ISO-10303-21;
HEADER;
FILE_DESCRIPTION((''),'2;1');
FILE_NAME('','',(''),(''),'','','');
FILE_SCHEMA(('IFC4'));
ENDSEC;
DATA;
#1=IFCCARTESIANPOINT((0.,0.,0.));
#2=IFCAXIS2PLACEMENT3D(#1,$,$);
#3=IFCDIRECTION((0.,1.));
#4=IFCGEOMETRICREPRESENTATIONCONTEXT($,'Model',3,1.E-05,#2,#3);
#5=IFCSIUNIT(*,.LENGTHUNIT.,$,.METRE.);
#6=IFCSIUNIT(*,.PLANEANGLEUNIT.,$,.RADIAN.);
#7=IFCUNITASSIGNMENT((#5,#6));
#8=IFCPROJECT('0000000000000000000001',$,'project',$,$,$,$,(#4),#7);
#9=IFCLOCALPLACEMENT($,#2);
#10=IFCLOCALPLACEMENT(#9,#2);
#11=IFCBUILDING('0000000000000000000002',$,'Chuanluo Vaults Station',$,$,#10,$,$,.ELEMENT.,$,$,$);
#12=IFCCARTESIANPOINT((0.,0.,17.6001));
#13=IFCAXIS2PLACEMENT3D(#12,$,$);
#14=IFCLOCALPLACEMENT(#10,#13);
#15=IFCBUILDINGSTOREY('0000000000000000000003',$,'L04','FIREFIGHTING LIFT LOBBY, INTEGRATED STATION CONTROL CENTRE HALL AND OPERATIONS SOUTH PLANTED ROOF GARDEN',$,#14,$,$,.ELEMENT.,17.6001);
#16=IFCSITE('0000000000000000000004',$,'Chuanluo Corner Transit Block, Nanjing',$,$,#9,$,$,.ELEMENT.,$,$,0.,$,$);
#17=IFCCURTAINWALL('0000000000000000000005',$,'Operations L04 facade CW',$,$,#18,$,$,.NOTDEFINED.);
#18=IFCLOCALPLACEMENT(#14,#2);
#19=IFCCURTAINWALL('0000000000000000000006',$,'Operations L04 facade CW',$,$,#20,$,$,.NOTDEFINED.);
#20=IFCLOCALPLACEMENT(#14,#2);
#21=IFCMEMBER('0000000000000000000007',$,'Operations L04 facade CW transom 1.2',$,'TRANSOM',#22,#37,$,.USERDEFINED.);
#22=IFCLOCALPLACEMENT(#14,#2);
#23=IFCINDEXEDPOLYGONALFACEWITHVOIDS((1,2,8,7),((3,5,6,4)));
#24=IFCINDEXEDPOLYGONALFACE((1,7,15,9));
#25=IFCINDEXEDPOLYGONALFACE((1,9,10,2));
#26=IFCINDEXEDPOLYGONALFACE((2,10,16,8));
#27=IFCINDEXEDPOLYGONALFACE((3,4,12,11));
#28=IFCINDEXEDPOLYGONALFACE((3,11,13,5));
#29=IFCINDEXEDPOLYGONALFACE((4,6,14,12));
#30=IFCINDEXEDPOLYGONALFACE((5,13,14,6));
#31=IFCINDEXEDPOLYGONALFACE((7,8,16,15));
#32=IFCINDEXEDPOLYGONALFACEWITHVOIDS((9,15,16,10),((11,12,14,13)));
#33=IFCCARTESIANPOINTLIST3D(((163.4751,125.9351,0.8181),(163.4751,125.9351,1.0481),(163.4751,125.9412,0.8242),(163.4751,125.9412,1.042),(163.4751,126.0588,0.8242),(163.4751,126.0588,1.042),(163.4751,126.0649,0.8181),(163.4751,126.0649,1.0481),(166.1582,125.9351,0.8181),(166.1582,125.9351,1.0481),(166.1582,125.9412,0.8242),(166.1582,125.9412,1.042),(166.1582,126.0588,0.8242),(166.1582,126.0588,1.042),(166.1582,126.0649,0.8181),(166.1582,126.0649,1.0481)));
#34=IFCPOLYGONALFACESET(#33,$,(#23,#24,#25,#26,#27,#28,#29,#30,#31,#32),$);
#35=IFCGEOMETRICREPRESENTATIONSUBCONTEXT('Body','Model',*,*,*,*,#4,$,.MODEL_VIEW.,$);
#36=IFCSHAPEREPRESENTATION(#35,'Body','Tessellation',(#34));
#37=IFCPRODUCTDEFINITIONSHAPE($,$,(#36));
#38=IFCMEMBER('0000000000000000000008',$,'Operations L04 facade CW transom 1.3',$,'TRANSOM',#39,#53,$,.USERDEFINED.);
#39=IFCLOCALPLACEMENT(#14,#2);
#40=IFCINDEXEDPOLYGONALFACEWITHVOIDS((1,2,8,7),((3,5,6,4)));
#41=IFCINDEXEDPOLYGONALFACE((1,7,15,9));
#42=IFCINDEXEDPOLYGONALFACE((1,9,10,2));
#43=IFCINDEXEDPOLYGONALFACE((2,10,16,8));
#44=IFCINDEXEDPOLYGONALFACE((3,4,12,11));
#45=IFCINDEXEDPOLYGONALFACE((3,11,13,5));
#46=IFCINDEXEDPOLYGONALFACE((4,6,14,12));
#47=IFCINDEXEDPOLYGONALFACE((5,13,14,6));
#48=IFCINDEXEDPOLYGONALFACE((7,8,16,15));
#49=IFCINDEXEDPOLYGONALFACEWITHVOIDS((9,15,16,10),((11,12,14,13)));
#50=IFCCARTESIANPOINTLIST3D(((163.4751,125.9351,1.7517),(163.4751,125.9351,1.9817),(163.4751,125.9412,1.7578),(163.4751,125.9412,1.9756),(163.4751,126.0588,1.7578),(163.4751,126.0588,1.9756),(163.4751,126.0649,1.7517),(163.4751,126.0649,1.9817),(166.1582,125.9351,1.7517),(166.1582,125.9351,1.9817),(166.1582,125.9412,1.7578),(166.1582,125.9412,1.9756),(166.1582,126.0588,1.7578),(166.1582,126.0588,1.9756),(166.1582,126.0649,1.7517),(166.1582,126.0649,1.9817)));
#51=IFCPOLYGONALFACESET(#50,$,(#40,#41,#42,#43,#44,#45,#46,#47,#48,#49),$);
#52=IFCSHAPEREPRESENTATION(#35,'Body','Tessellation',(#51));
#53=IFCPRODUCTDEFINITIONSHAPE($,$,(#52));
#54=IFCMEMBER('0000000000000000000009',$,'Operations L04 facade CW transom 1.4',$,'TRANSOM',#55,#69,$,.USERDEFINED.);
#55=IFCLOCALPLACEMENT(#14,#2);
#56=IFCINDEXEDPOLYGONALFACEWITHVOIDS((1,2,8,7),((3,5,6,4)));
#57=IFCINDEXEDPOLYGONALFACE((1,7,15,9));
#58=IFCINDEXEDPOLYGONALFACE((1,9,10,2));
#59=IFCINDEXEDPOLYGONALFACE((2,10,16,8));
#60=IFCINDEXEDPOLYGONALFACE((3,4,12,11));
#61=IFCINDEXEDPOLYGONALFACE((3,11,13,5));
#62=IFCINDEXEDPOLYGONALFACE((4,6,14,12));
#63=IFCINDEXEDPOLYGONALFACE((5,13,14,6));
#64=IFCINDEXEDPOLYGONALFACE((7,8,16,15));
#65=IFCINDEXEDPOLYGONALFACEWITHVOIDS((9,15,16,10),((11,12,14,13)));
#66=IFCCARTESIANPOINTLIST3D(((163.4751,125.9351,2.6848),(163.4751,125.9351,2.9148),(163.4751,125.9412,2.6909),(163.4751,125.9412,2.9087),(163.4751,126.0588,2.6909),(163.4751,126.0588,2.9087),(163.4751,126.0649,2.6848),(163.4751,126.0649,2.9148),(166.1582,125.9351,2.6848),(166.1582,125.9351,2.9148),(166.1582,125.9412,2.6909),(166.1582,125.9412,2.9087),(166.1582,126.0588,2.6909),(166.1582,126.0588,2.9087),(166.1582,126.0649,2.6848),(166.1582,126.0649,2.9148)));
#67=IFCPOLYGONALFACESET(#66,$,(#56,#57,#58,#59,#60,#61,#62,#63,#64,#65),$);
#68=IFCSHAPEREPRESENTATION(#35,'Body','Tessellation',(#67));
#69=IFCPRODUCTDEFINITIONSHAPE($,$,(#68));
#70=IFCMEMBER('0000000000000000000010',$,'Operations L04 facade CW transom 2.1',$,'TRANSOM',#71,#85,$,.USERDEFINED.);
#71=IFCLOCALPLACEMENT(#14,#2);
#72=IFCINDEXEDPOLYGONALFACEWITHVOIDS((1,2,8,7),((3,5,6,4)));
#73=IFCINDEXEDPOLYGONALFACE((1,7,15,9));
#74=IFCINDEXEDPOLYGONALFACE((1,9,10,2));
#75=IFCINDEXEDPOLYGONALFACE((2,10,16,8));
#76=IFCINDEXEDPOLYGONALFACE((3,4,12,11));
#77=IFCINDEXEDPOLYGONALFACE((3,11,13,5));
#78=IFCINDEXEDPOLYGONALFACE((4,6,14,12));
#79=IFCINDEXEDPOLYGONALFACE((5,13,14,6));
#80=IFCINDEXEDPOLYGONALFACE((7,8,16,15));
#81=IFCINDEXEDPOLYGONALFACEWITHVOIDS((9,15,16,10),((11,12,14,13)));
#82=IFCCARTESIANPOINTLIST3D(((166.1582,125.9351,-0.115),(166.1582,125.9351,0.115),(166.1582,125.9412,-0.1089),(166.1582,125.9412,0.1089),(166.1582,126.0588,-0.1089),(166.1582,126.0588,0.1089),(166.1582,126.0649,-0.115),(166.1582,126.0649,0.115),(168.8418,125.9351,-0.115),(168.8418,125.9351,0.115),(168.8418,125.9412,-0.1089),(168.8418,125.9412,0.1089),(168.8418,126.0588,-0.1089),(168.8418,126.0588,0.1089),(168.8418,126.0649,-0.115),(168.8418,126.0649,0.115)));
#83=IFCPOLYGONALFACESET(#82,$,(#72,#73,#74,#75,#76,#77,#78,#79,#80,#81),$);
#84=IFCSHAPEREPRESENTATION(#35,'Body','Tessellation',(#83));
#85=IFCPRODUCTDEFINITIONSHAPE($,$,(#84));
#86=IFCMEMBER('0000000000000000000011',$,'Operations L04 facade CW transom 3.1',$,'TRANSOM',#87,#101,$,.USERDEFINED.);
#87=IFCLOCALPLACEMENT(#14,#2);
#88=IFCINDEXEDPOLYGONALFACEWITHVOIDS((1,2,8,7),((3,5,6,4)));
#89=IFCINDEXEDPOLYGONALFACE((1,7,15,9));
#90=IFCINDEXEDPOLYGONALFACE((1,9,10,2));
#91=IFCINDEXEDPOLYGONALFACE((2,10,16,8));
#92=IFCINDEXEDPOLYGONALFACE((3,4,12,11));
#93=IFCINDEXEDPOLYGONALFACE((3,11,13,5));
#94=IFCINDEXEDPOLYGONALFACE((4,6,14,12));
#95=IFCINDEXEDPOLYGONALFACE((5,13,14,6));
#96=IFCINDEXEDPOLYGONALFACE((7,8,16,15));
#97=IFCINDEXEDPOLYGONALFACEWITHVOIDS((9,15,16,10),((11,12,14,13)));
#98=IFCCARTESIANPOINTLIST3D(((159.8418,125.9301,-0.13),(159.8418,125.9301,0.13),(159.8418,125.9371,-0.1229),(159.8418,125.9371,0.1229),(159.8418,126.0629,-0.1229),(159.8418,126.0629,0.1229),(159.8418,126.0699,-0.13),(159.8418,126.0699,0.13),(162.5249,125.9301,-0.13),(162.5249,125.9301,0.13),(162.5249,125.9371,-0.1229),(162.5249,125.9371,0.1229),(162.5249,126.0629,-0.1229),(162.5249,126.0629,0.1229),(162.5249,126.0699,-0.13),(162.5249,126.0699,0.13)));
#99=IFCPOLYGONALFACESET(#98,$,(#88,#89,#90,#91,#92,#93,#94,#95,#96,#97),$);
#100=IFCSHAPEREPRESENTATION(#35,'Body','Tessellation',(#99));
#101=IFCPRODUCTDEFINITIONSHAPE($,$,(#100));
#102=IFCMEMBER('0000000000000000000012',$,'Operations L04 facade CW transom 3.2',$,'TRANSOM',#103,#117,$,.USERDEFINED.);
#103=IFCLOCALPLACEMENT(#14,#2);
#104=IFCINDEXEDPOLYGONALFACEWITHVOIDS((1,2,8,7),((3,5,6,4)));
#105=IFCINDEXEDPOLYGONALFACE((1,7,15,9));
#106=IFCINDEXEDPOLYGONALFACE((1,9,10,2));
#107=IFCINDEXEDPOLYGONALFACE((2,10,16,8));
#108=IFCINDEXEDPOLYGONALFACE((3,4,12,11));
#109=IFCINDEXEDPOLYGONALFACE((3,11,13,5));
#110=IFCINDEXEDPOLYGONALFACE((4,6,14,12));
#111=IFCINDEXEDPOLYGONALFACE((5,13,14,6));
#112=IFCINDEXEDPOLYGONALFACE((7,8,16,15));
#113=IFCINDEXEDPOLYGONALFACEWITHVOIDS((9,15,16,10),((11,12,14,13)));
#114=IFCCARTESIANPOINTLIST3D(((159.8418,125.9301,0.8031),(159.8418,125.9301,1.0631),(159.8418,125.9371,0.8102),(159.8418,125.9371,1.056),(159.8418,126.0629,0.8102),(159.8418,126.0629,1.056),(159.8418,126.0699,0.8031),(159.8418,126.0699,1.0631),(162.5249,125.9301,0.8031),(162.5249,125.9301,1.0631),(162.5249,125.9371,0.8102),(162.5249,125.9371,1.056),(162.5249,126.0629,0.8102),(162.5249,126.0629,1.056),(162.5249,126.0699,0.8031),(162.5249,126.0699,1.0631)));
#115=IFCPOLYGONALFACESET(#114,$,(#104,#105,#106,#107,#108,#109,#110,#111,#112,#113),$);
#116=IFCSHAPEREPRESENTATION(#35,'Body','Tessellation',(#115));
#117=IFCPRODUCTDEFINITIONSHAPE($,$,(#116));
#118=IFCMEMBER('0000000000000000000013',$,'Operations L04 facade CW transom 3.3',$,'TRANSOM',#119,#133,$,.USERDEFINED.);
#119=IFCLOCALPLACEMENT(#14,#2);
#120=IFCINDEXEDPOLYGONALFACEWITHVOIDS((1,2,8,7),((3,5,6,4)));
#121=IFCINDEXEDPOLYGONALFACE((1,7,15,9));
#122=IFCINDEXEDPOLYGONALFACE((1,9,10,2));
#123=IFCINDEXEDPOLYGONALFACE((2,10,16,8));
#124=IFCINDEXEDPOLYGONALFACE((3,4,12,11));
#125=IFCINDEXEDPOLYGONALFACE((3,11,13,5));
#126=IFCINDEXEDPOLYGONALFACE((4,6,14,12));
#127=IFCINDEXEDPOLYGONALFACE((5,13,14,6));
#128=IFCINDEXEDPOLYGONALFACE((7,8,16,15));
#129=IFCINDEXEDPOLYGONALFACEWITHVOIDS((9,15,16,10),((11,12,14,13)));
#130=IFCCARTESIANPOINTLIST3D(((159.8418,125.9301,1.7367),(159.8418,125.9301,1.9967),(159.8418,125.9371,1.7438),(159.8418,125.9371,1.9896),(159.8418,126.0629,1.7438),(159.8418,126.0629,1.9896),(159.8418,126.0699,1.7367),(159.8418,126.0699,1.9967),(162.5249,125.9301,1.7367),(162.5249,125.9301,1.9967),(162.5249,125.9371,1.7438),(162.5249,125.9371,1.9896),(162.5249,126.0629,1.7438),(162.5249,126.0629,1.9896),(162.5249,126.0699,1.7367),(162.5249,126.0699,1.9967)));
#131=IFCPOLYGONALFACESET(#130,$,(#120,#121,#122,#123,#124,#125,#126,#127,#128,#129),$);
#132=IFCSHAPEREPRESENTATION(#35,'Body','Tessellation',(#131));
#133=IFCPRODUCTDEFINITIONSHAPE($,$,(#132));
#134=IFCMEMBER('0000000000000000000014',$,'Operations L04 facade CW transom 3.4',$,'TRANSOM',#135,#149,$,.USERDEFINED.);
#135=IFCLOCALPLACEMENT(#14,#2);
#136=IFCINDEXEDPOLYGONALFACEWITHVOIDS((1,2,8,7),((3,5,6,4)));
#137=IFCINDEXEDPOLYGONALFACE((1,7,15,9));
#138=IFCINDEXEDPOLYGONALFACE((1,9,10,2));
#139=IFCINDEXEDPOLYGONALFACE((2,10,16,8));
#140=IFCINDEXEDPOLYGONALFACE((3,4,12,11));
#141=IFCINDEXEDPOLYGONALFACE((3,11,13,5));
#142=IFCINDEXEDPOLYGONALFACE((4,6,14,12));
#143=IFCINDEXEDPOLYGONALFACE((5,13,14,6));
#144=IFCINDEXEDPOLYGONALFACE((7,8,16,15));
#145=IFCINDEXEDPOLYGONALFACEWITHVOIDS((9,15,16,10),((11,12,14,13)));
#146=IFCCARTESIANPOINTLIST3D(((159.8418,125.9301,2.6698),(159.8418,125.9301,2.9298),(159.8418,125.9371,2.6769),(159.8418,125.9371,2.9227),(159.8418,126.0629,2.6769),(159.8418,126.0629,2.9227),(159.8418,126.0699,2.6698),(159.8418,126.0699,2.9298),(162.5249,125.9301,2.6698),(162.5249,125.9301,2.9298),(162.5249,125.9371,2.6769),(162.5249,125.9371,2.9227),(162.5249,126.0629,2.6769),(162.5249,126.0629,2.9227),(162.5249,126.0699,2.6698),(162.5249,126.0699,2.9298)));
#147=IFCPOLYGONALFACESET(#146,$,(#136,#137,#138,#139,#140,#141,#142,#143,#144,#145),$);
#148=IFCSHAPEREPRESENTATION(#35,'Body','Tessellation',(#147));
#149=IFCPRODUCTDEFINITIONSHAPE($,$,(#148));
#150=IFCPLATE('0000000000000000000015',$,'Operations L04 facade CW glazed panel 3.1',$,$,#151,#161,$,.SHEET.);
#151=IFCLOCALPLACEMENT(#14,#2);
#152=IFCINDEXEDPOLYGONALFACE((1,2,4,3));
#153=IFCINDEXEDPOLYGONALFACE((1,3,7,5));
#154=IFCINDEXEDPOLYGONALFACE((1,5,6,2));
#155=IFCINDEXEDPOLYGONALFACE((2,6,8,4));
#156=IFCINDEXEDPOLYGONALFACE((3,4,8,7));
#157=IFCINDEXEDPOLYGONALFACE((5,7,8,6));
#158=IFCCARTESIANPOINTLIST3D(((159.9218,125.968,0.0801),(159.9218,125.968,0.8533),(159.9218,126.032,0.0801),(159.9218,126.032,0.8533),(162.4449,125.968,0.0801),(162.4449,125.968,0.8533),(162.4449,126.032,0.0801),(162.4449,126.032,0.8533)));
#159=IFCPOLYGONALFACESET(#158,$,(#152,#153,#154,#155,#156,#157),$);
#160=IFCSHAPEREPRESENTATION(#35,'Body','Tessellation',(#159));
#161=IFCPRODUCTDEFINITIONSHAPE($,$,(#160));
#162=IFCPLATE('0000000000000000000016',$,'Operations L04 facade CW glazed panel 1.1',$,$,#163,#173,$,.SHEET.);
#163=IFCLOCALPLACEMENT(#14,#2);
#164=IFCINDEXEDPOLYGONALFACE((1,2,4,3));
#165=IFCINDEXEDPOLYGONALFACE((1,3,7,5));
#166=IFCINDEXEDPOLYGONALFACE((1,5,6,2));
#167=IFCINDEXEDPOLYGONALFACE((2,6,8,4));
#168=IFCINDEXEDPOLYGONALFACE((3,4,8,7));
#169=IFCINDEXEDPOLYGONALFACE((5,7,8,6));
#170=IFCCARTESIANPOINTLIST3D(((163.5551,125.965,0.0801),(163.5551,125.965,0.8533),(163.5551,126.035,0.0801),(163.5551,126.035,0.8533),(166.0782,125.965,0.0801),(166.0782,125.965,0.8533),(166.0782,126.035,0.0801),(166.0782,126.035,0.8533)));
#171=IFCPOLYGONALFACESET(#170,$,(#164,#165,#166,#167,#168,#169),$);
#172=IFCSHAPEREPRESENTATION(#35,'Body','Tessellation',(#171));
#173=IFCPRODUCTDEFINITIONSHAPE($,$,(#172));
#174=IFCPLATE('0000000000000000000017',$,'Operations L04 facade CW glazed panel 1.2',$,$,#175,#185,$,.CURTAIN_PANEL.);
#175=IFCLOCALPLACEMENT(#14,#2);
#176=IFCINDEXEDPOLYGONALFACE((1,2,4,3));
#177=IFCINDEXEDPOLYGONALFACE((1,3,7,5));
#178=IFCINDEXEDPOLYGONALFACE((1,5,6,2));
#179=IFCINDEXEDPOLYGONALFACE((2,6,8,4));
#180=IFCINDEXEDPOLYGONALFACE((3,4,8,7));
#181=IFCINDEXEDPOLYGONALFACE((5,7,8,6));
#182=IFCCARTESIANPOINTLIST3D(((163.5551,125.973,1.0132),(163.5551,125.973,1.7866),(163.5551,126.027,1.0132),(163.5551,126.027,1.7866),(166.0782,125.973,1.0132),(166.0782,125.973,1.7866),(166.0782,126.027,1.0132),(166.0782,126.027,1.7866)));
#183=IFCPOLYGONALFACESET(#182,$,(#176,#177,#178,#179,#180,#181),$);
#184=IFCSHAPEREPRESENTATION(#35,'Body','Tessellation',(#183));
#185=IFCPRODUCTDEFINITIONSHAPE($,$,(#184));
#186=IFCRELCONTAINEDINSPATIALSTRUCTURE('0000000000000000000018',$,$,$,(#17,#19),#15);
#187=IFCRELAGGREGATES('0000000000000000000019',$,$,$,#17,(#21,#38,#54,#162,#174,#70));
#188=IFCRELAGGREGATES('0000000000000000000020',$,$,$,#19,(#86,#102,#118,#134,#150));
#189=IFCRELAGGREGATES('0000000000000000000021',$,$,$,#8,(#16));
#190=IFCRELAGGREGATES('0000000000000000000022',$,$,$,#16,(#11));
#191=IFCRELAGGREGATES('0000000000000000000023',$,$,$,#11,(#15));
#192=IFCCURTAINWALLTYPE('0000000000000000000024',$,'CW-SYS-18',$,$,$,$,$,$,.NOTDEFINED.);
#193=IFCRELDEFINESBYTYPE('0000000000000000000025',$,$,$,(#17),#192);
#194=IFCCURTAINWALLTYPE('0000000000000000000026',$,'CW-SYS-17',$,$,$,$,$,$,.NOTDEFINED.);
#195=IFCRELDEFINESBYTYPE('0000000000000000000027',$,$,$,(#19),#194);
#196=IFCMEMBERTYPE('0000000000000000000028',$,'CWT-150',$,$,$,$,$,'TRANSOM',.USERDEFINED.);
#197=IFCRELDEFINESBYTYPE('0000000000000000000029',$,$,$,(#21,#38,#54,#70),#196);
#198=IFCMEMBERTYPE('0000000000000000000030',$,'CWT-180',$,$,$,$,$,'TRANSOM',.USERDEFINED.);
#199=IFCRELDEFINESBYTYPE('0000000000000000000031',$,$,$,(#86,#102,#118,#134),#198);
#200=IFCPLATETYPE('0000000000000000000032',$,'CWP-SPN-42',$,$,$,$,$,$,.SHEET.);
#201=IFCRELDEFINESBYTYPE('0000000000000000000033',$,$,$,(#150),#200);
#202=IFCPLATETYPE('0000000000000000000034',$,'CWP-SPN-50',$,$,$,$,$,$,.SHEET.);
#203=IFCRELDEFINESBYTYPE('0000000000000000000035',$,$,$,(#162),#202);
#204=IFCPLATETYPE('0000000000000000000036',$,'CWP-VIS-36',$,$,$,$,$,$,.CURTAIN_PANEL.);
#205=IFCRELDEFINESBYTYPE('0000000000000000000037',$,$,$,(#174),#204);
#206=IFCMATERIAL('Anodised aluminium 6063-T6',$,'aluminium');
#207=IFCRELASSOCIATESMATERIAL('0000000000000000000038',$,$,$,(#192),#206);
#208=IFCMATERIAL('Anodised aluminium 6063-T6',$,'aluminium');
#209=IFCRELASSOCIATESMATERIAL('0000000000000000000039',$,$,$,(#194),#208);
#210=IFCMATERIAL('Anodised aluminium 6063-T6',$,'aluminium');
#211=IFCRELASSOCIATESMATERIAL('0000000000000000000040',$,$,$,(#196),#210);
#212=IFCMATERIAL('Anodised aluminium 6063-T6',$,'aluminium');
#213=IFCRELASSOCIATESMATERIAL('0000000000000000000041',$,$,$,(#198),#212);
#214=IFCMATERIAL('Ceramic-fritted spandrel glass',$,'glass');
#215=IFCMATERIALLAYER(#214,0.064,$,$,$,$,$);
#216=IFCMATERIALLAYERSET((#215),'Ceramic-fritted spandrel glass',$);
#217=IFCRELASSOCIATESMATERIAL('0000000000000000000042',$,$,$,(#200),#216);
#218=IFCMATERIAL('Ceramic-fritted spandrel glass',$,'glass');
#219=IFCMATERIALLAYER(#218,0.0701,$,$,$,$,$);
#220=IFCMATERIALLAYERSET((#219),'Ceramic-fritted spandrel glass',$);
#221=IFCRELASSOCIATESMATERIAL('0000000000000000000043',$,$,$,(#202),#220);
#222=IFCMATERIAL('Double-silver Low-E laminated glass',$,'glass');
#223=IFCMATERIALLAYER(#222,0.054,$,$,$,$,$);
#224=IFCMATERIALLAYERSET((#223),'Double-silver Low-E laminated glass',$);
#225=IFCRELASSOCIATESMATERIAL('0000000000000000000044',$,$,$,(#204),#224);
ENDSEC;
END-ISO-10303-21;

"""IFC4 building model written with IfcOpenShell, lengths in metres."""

from ifc_helpers import new_model, si_unit, direction, frame, origin, origin_2d, place, context, subcontext, project, spatial, rectangle, hollow_rectangle, extrude, material, layer, layer_set, material_profile, profile_set, type_object, element, aggregate, save


model = new_model("IFC4")

# Units and contexts
model_context = context("Model", 3, precision=1e-05, world=origin(), true_north=direction((0.0, 1.0)))
body_context = subcontext(model_context, "Body", "Model", "MODEL_VIEW")
ifc_project = project(units=[si_unit("LENGTHUNIT", "METRE"), si_unit("PLANEANGLEUNIT", "RADIAN")], contexts=[model_context])

# Site, building, storey
site_placement = place(None, origin())
site = spatial("IfcSite", under=ifc_project, at=site_placement, Name="Chuanluo Corner Transit Block, Nanjing", CompositionType="ELEMENT", RefElevation=0.0)
building_placement = place(site_placement, origin())
building = spatial("IfcBuilding", under=site, at=building_placement, Name="Chuanluo Vaults Station", CompositionType="ELEMENT")
storey_placement = place(building_placement, frame((0.0, 0.0, 17.6001)))
storey = spatial("IfcBuildingStorey", under=building, at=storey_placement, Name="L04", Description="FIREFIGHTING LIFT LOBBY, INTEGRATED STATION CONTROL CENTRE HALL AND OPERATIONS SOUTH PLANTED ROOF GARDEN", CompositionType="ELEMENT", Elevation=17.6001)

# Curtain walls
ifc_material_1 = material(Name="Anodised aluminium 6063-T6", Category="aluminium")
curtain_wall_type_1 = type_object("IfcCurtainWallType", Name="CW-SYS-18", PredefinedType="NOTDEFINED", material=ifc_material_1)
curtain_wall_1_placement = place(storey_placement, origin())
curtain_wall_1 = element("IfcCurtainWall", 1, at=curtain_wall_1_placement, inside=storey, type_object=curtain_wall_type_1, Name="Operations L04 facade CW", PredefinedType="NOTDEFINED")
ifc_material_2 = material(Name="Anodised aluminium 6063-T6", Category="aluminium")
curtain_wall_type_2 = type_object("IfcCurtainWallType", Name="CW-SYS-17", PredefinedType="NOTDEFINED", material=ifc_material_2)
curtain_wall_2_placement = place(storey_placement, origin())
curtain_wall_2 = element("IfcCurtainWall", 2, at=curtain_wall_2_placement, inside=storey, type_object=curtain_wall_type_2, Name="Operations L04 facade CW", PredefinedType="NOTDEFINED")

# Members
ifc_material_3 = material(Name="Anodised aluminium 6063-T6", Category="aluminium")
ifc_material_profile_1 = material_profile(ifc_material_3, hollow_rectangle(XDim=0.1299, YDim=0.23, WallThickness=0.0061, at=origin_2d()))
ifc_profile_set_1 = profile_set([ifc_material_profile_1], Name="Anodised aluminium 6063-T6")
member_type_1 = type_object("IfcMemberType", Name="CWT-150", ElementType="TRANSOM", PredefinedType="USERDEFINED", material=ifc_profile_set_1)
member_1_placement = place(storey_placement, frame((163.4751, 126.0, 0.9331), z_axis=(1.0, 0.0, 0.0), x_axis=(0.0, 1.0, 0.0)))
member_1 = element("IfcMember", 3, at=member_1_placement, type_object=member_type_1, Name="Operations L04 facade CW transom 1.2", ObjectType="TRANSOM", PredefinedType="USERDEFINED", context=body_context, shape_type="SweptSolid", body=[
    extrude(hollow_rectangle(XDim=0.1299, YDim=0.23, WallThickness=0.0061, at=origin_2d()), origin(), (0.0, 0.0, 1.0), 2.6831),
])
member_2_placement = place(storey_placement, frame((163.4751, 126.0, 1.8667), z_axis=(1.0, 0.0, 0.0), x_axis=(0.0, 1.0, 0.0)))
member_2 = element("IfcMember", 4, at=member_2_placement, type_object=member_type_1, Name="Operations L04 facade CW transom 1.3", ObjectType="TRANSOM", PredefinedType="USERDEFINED", context=body_context, shape_type="SweptSolid", body=[
    extrude(hollow_rectangle(XDim=0.1299, YDim=0.23, WallThickness=0.0061, at=origin_2d()), origin(), (0.0, 0.0, 1.0), 2.6831),
])
member_3_placement = place(storey_placement, frame((163.4751, 126.0, 2.7998), z_axis=(1.0, 0.0, 0.0), x_axis=(0.0, 1.0, 0.0)))
member_3 = element("IfcMember", 5, at=member_3_placement, type_object=member_type_1, Name="Operations L04 facade CW transom 1.4", ObjectType="TRANSOM", PredefinedType="USERDEFINED", context=body_context, shape_type="SweptSolid", body=[
    extrude(hollow_rectangle(XDim=0.1299, YDim=0.23, WallThickness=0.0061, at=origin_2d()), origin(), (0.0, 0.0, 1.0), 2.6831),
])
member_4_placement = place(storey_placement, frame((166.1582, 126.0, 0.0), z_axis=(1.0, 0.0, 0.0), x_axis=(0.0, 1.0, 0.0)))
member_4 = element("IfcMember", 6, at=member_4_placement, type_object=member_type_1, Name="Operations L04 facade CW transom 2.1", ObjectType="TRANSOM", PredefinedType="USERDEFINED", context=body_context, shape_type="SweptSolid", body=[
    extrude(hollow_rectangle(XDim=0.1299, YDim=0.23, WallThickness=0.0061, at=origin_2d()), origin(), (0.0, 0.0, 1.0), 2.6836),
])
ifc_material_4 = material(Name="Anodised aluminium 6063-T6", Category="aluminium")
ifc_material_profile_2 = material_profile(ifc_material_4, hollow_rectangle(XDim=0.1399, YDim=0.26, WallThickness=0.0071, at=origin_2d()))
ifc_profile_set_2 = profile_set([ifc_material_profile_2], Name="Anodised aluminium 6063-T6")
member_type_2 = type_object("IfcMemberType", Name="CWT-180", ElementType="TRANSOM", PredefinedType="USERDEFINED", material=ifc_profile_set_2)
member_5_placement = place(storey_placement, frame((159.8418, 126.0, 0.0), z_axis=(1.0, 0.0, 0.0), x_axis=(0.0, 1.0, 0.0)))
member_5 = element("IfcMember", 7, at=member_5_placement, type_object=member_type_2, Name="Operations L04 facade CW transom 3.1", ObjectType="TRANSOM", PredefinedType="USERDEFINED", context=body_context, shape_type="SweptSolid", body=[
    extrude(hollow_rectangle(XDim=0.1399, YDim=0.26, WallThickness=0.0071, at=origin_2d()), origin(), (0.0, 0.0, 1.0), 2.6831),
])
member_6_placement = place(storey_placement, frame((159.8418, 126.0, 0.9331), z_axis=(1.0, 0.0, 0.0), x_axis=(0.0, 1.0, 0.0)))
member_6 = element("IfcMember", 8, at=member_6_placement, type_object=member_type_2, Name="Operations L04 facade CW transom 3.2", ObjectType="TRANSOM", PredefinedType="USERDEFINED", context=body_context, shape_type="SweptSolid", body=[
    extrude(hollow_rectangle(XDim=0.1399, YDim=0.26, WallThickness=0.0071, at=origin_2d()), origin(), (0.0, 0.0, 1.0), 2.6831),
])
member_7_placement = place(storey_placement, frame((159.8418, 126.0, 1.8667), z_axis=(1.0, 0.0, 0.0), x_axis=(0.0, 1.0, 0.0)))
member_7 = element("IfcMember", 9, at=member_7_placement, type_object=member_type_2, Name="Operations L04 facade CW transom 3.3", ObjectType="TRANSOM", PredefinedType="USERDEFINED", context=body_context, shape_type="SweptSolid", body=[
    extrude(hollow_rectangle(XDim=0.1399, YDim=0.26, WallThickness=0.0071, at=origin_2d()), origin(), (0.0, 0.0, 1.0), 2.6831),
])
member_8_placement = place(storey_placement, frame((159.8418, 126.0, 2.7998), z_axis=(1.0, 0.0, 0.0), x_axis=(0.0, 1.0, 0.0)))
member_8 = element("IfcMember", 10, at=member_8_placement, type_object=member_type_2, Name="Operations L04 facade CW transom 3.4", ObjectType="TRANSOM", PredefinedType="USERDEFINED", context=body_context, shape_type="SweptSolid", body=[
    extrude(hollow_rectangle(XDim=0.1399, YDim=0.26, WallThickness=0.0071, at=origin_2d()), origin(), (0.0, 0.0, 1.0), 2.6831),
])

# Plates
ifc_material_5 = material(Name="Ceramic-fritted spandrel glass", Category="glass")
ifc_layer_1 = layer(ifc_material_5, 0.064)
ifc_layer_set_1 = layer_set([ifc_layer_1], Name="Ceramic-fritted spandrel glass")
plate_type_1 = type_object("IfcPlateType", Name="CWP-SPN-42", PredefinedType="SHEET", material=ifc_layer_set_1)
plate_1_placement = place(storey_placement, frame((161.1833, 126.0, 0.0801), z_axis=(0.0, 0.0, 1.0), x_axis=(1.0, 0.0, 0.0)))
plate_1 = element("IfcPlate", 11, at=plate_1_placement, type_object=plate_type_1, Name="Operations L04 facade CW glazed panel 3.1", PredefinedType="SHEET", context=body_context, shape_type="SweptSolid", body=[
    extrude(rectangle(XDim=2.5232, YDim=0.064, at=origin_2d()), origin(), (0.0, 0.0, 1.0), 0.7732),
])
ifc_material_6 = material(Name="Ceramic-fritted spandrel glass", Category="glass")
ifc_layer_2 = layer(ifc_material_6, 0.0701)
ifc_layer_set_2 = layer_set([ifc_layer_2], Name="Ceramic-fritted spandrel glass")
plate_type_2 = type_object("IfcPlateType", Name="CWP-SPN-50", PredefinedType="SHEET", material=ifc_layer_set_2)
plate_2_placement = place(storey_placement, frame((164.8167, 126.0, 0.0801), z_axis=(0.0, 0.0, 1.0), x_axis=(1.0, 0.0, 0.0)))
plate_2 = element("IfcPlate", 12, at=plate_2_placement, type_object=plate_type_2, Name="Operations L04 facade CW glazed panel 1.1", PredefinedType="SHEET", context=body_context, shape_type="SweptSolid", body=[
    extrude(rectangle(XDim=2.5232, YDim=0.0701, at=origin_2d()), origin(), (0.0, 0.0, 1.0), 0.7732),
])
ifc_material_7 = material(Name="Double-silver Low-E laminated glass", Category="glass")
ifc_layer_3 = layer(ifc_material_7, 0.054)
ifc_layer_set_3 = layer_set([ifc_layer_3], Name="Double-silver Low-E laminated glass")
plate_type_3 = type_object("IfcPlateType", Name="CWP-VIS-36", PredefinedType="CURTAIN_PANEL", material=ifc_layer_set_3)
plate_3_placement = place(storey_placement, frame((164.8167, 126.0, 1.0132), z_axis=(0.0, 0.0, 1.0), x_axis=(1.0, 0.0, 0.0)))
plate_3 = element("IfcPlate", 13, at=plate_3_placement, type_object=plate_type_3, Name="Operations L04 facade CW glazed panel 1.2", PredefinedType="CURTAIN_PANEL", context=body_context, shape_type="SweptSolid", body=[
    extrude(rectangle(XDim=2.5232, YDim=0.054, at=origin_2d()), origin(), (0.0, 0.0, 1.0), 0.7734),
])
aggregate(curtain_wall_1, [member_1, member_2, member_3, plate_2, plate_3, member_4])
aggregate(curtain_wall_2, [member_5, member_6, member_7, member_8, plate_1])

save(model, "model.ifc")
